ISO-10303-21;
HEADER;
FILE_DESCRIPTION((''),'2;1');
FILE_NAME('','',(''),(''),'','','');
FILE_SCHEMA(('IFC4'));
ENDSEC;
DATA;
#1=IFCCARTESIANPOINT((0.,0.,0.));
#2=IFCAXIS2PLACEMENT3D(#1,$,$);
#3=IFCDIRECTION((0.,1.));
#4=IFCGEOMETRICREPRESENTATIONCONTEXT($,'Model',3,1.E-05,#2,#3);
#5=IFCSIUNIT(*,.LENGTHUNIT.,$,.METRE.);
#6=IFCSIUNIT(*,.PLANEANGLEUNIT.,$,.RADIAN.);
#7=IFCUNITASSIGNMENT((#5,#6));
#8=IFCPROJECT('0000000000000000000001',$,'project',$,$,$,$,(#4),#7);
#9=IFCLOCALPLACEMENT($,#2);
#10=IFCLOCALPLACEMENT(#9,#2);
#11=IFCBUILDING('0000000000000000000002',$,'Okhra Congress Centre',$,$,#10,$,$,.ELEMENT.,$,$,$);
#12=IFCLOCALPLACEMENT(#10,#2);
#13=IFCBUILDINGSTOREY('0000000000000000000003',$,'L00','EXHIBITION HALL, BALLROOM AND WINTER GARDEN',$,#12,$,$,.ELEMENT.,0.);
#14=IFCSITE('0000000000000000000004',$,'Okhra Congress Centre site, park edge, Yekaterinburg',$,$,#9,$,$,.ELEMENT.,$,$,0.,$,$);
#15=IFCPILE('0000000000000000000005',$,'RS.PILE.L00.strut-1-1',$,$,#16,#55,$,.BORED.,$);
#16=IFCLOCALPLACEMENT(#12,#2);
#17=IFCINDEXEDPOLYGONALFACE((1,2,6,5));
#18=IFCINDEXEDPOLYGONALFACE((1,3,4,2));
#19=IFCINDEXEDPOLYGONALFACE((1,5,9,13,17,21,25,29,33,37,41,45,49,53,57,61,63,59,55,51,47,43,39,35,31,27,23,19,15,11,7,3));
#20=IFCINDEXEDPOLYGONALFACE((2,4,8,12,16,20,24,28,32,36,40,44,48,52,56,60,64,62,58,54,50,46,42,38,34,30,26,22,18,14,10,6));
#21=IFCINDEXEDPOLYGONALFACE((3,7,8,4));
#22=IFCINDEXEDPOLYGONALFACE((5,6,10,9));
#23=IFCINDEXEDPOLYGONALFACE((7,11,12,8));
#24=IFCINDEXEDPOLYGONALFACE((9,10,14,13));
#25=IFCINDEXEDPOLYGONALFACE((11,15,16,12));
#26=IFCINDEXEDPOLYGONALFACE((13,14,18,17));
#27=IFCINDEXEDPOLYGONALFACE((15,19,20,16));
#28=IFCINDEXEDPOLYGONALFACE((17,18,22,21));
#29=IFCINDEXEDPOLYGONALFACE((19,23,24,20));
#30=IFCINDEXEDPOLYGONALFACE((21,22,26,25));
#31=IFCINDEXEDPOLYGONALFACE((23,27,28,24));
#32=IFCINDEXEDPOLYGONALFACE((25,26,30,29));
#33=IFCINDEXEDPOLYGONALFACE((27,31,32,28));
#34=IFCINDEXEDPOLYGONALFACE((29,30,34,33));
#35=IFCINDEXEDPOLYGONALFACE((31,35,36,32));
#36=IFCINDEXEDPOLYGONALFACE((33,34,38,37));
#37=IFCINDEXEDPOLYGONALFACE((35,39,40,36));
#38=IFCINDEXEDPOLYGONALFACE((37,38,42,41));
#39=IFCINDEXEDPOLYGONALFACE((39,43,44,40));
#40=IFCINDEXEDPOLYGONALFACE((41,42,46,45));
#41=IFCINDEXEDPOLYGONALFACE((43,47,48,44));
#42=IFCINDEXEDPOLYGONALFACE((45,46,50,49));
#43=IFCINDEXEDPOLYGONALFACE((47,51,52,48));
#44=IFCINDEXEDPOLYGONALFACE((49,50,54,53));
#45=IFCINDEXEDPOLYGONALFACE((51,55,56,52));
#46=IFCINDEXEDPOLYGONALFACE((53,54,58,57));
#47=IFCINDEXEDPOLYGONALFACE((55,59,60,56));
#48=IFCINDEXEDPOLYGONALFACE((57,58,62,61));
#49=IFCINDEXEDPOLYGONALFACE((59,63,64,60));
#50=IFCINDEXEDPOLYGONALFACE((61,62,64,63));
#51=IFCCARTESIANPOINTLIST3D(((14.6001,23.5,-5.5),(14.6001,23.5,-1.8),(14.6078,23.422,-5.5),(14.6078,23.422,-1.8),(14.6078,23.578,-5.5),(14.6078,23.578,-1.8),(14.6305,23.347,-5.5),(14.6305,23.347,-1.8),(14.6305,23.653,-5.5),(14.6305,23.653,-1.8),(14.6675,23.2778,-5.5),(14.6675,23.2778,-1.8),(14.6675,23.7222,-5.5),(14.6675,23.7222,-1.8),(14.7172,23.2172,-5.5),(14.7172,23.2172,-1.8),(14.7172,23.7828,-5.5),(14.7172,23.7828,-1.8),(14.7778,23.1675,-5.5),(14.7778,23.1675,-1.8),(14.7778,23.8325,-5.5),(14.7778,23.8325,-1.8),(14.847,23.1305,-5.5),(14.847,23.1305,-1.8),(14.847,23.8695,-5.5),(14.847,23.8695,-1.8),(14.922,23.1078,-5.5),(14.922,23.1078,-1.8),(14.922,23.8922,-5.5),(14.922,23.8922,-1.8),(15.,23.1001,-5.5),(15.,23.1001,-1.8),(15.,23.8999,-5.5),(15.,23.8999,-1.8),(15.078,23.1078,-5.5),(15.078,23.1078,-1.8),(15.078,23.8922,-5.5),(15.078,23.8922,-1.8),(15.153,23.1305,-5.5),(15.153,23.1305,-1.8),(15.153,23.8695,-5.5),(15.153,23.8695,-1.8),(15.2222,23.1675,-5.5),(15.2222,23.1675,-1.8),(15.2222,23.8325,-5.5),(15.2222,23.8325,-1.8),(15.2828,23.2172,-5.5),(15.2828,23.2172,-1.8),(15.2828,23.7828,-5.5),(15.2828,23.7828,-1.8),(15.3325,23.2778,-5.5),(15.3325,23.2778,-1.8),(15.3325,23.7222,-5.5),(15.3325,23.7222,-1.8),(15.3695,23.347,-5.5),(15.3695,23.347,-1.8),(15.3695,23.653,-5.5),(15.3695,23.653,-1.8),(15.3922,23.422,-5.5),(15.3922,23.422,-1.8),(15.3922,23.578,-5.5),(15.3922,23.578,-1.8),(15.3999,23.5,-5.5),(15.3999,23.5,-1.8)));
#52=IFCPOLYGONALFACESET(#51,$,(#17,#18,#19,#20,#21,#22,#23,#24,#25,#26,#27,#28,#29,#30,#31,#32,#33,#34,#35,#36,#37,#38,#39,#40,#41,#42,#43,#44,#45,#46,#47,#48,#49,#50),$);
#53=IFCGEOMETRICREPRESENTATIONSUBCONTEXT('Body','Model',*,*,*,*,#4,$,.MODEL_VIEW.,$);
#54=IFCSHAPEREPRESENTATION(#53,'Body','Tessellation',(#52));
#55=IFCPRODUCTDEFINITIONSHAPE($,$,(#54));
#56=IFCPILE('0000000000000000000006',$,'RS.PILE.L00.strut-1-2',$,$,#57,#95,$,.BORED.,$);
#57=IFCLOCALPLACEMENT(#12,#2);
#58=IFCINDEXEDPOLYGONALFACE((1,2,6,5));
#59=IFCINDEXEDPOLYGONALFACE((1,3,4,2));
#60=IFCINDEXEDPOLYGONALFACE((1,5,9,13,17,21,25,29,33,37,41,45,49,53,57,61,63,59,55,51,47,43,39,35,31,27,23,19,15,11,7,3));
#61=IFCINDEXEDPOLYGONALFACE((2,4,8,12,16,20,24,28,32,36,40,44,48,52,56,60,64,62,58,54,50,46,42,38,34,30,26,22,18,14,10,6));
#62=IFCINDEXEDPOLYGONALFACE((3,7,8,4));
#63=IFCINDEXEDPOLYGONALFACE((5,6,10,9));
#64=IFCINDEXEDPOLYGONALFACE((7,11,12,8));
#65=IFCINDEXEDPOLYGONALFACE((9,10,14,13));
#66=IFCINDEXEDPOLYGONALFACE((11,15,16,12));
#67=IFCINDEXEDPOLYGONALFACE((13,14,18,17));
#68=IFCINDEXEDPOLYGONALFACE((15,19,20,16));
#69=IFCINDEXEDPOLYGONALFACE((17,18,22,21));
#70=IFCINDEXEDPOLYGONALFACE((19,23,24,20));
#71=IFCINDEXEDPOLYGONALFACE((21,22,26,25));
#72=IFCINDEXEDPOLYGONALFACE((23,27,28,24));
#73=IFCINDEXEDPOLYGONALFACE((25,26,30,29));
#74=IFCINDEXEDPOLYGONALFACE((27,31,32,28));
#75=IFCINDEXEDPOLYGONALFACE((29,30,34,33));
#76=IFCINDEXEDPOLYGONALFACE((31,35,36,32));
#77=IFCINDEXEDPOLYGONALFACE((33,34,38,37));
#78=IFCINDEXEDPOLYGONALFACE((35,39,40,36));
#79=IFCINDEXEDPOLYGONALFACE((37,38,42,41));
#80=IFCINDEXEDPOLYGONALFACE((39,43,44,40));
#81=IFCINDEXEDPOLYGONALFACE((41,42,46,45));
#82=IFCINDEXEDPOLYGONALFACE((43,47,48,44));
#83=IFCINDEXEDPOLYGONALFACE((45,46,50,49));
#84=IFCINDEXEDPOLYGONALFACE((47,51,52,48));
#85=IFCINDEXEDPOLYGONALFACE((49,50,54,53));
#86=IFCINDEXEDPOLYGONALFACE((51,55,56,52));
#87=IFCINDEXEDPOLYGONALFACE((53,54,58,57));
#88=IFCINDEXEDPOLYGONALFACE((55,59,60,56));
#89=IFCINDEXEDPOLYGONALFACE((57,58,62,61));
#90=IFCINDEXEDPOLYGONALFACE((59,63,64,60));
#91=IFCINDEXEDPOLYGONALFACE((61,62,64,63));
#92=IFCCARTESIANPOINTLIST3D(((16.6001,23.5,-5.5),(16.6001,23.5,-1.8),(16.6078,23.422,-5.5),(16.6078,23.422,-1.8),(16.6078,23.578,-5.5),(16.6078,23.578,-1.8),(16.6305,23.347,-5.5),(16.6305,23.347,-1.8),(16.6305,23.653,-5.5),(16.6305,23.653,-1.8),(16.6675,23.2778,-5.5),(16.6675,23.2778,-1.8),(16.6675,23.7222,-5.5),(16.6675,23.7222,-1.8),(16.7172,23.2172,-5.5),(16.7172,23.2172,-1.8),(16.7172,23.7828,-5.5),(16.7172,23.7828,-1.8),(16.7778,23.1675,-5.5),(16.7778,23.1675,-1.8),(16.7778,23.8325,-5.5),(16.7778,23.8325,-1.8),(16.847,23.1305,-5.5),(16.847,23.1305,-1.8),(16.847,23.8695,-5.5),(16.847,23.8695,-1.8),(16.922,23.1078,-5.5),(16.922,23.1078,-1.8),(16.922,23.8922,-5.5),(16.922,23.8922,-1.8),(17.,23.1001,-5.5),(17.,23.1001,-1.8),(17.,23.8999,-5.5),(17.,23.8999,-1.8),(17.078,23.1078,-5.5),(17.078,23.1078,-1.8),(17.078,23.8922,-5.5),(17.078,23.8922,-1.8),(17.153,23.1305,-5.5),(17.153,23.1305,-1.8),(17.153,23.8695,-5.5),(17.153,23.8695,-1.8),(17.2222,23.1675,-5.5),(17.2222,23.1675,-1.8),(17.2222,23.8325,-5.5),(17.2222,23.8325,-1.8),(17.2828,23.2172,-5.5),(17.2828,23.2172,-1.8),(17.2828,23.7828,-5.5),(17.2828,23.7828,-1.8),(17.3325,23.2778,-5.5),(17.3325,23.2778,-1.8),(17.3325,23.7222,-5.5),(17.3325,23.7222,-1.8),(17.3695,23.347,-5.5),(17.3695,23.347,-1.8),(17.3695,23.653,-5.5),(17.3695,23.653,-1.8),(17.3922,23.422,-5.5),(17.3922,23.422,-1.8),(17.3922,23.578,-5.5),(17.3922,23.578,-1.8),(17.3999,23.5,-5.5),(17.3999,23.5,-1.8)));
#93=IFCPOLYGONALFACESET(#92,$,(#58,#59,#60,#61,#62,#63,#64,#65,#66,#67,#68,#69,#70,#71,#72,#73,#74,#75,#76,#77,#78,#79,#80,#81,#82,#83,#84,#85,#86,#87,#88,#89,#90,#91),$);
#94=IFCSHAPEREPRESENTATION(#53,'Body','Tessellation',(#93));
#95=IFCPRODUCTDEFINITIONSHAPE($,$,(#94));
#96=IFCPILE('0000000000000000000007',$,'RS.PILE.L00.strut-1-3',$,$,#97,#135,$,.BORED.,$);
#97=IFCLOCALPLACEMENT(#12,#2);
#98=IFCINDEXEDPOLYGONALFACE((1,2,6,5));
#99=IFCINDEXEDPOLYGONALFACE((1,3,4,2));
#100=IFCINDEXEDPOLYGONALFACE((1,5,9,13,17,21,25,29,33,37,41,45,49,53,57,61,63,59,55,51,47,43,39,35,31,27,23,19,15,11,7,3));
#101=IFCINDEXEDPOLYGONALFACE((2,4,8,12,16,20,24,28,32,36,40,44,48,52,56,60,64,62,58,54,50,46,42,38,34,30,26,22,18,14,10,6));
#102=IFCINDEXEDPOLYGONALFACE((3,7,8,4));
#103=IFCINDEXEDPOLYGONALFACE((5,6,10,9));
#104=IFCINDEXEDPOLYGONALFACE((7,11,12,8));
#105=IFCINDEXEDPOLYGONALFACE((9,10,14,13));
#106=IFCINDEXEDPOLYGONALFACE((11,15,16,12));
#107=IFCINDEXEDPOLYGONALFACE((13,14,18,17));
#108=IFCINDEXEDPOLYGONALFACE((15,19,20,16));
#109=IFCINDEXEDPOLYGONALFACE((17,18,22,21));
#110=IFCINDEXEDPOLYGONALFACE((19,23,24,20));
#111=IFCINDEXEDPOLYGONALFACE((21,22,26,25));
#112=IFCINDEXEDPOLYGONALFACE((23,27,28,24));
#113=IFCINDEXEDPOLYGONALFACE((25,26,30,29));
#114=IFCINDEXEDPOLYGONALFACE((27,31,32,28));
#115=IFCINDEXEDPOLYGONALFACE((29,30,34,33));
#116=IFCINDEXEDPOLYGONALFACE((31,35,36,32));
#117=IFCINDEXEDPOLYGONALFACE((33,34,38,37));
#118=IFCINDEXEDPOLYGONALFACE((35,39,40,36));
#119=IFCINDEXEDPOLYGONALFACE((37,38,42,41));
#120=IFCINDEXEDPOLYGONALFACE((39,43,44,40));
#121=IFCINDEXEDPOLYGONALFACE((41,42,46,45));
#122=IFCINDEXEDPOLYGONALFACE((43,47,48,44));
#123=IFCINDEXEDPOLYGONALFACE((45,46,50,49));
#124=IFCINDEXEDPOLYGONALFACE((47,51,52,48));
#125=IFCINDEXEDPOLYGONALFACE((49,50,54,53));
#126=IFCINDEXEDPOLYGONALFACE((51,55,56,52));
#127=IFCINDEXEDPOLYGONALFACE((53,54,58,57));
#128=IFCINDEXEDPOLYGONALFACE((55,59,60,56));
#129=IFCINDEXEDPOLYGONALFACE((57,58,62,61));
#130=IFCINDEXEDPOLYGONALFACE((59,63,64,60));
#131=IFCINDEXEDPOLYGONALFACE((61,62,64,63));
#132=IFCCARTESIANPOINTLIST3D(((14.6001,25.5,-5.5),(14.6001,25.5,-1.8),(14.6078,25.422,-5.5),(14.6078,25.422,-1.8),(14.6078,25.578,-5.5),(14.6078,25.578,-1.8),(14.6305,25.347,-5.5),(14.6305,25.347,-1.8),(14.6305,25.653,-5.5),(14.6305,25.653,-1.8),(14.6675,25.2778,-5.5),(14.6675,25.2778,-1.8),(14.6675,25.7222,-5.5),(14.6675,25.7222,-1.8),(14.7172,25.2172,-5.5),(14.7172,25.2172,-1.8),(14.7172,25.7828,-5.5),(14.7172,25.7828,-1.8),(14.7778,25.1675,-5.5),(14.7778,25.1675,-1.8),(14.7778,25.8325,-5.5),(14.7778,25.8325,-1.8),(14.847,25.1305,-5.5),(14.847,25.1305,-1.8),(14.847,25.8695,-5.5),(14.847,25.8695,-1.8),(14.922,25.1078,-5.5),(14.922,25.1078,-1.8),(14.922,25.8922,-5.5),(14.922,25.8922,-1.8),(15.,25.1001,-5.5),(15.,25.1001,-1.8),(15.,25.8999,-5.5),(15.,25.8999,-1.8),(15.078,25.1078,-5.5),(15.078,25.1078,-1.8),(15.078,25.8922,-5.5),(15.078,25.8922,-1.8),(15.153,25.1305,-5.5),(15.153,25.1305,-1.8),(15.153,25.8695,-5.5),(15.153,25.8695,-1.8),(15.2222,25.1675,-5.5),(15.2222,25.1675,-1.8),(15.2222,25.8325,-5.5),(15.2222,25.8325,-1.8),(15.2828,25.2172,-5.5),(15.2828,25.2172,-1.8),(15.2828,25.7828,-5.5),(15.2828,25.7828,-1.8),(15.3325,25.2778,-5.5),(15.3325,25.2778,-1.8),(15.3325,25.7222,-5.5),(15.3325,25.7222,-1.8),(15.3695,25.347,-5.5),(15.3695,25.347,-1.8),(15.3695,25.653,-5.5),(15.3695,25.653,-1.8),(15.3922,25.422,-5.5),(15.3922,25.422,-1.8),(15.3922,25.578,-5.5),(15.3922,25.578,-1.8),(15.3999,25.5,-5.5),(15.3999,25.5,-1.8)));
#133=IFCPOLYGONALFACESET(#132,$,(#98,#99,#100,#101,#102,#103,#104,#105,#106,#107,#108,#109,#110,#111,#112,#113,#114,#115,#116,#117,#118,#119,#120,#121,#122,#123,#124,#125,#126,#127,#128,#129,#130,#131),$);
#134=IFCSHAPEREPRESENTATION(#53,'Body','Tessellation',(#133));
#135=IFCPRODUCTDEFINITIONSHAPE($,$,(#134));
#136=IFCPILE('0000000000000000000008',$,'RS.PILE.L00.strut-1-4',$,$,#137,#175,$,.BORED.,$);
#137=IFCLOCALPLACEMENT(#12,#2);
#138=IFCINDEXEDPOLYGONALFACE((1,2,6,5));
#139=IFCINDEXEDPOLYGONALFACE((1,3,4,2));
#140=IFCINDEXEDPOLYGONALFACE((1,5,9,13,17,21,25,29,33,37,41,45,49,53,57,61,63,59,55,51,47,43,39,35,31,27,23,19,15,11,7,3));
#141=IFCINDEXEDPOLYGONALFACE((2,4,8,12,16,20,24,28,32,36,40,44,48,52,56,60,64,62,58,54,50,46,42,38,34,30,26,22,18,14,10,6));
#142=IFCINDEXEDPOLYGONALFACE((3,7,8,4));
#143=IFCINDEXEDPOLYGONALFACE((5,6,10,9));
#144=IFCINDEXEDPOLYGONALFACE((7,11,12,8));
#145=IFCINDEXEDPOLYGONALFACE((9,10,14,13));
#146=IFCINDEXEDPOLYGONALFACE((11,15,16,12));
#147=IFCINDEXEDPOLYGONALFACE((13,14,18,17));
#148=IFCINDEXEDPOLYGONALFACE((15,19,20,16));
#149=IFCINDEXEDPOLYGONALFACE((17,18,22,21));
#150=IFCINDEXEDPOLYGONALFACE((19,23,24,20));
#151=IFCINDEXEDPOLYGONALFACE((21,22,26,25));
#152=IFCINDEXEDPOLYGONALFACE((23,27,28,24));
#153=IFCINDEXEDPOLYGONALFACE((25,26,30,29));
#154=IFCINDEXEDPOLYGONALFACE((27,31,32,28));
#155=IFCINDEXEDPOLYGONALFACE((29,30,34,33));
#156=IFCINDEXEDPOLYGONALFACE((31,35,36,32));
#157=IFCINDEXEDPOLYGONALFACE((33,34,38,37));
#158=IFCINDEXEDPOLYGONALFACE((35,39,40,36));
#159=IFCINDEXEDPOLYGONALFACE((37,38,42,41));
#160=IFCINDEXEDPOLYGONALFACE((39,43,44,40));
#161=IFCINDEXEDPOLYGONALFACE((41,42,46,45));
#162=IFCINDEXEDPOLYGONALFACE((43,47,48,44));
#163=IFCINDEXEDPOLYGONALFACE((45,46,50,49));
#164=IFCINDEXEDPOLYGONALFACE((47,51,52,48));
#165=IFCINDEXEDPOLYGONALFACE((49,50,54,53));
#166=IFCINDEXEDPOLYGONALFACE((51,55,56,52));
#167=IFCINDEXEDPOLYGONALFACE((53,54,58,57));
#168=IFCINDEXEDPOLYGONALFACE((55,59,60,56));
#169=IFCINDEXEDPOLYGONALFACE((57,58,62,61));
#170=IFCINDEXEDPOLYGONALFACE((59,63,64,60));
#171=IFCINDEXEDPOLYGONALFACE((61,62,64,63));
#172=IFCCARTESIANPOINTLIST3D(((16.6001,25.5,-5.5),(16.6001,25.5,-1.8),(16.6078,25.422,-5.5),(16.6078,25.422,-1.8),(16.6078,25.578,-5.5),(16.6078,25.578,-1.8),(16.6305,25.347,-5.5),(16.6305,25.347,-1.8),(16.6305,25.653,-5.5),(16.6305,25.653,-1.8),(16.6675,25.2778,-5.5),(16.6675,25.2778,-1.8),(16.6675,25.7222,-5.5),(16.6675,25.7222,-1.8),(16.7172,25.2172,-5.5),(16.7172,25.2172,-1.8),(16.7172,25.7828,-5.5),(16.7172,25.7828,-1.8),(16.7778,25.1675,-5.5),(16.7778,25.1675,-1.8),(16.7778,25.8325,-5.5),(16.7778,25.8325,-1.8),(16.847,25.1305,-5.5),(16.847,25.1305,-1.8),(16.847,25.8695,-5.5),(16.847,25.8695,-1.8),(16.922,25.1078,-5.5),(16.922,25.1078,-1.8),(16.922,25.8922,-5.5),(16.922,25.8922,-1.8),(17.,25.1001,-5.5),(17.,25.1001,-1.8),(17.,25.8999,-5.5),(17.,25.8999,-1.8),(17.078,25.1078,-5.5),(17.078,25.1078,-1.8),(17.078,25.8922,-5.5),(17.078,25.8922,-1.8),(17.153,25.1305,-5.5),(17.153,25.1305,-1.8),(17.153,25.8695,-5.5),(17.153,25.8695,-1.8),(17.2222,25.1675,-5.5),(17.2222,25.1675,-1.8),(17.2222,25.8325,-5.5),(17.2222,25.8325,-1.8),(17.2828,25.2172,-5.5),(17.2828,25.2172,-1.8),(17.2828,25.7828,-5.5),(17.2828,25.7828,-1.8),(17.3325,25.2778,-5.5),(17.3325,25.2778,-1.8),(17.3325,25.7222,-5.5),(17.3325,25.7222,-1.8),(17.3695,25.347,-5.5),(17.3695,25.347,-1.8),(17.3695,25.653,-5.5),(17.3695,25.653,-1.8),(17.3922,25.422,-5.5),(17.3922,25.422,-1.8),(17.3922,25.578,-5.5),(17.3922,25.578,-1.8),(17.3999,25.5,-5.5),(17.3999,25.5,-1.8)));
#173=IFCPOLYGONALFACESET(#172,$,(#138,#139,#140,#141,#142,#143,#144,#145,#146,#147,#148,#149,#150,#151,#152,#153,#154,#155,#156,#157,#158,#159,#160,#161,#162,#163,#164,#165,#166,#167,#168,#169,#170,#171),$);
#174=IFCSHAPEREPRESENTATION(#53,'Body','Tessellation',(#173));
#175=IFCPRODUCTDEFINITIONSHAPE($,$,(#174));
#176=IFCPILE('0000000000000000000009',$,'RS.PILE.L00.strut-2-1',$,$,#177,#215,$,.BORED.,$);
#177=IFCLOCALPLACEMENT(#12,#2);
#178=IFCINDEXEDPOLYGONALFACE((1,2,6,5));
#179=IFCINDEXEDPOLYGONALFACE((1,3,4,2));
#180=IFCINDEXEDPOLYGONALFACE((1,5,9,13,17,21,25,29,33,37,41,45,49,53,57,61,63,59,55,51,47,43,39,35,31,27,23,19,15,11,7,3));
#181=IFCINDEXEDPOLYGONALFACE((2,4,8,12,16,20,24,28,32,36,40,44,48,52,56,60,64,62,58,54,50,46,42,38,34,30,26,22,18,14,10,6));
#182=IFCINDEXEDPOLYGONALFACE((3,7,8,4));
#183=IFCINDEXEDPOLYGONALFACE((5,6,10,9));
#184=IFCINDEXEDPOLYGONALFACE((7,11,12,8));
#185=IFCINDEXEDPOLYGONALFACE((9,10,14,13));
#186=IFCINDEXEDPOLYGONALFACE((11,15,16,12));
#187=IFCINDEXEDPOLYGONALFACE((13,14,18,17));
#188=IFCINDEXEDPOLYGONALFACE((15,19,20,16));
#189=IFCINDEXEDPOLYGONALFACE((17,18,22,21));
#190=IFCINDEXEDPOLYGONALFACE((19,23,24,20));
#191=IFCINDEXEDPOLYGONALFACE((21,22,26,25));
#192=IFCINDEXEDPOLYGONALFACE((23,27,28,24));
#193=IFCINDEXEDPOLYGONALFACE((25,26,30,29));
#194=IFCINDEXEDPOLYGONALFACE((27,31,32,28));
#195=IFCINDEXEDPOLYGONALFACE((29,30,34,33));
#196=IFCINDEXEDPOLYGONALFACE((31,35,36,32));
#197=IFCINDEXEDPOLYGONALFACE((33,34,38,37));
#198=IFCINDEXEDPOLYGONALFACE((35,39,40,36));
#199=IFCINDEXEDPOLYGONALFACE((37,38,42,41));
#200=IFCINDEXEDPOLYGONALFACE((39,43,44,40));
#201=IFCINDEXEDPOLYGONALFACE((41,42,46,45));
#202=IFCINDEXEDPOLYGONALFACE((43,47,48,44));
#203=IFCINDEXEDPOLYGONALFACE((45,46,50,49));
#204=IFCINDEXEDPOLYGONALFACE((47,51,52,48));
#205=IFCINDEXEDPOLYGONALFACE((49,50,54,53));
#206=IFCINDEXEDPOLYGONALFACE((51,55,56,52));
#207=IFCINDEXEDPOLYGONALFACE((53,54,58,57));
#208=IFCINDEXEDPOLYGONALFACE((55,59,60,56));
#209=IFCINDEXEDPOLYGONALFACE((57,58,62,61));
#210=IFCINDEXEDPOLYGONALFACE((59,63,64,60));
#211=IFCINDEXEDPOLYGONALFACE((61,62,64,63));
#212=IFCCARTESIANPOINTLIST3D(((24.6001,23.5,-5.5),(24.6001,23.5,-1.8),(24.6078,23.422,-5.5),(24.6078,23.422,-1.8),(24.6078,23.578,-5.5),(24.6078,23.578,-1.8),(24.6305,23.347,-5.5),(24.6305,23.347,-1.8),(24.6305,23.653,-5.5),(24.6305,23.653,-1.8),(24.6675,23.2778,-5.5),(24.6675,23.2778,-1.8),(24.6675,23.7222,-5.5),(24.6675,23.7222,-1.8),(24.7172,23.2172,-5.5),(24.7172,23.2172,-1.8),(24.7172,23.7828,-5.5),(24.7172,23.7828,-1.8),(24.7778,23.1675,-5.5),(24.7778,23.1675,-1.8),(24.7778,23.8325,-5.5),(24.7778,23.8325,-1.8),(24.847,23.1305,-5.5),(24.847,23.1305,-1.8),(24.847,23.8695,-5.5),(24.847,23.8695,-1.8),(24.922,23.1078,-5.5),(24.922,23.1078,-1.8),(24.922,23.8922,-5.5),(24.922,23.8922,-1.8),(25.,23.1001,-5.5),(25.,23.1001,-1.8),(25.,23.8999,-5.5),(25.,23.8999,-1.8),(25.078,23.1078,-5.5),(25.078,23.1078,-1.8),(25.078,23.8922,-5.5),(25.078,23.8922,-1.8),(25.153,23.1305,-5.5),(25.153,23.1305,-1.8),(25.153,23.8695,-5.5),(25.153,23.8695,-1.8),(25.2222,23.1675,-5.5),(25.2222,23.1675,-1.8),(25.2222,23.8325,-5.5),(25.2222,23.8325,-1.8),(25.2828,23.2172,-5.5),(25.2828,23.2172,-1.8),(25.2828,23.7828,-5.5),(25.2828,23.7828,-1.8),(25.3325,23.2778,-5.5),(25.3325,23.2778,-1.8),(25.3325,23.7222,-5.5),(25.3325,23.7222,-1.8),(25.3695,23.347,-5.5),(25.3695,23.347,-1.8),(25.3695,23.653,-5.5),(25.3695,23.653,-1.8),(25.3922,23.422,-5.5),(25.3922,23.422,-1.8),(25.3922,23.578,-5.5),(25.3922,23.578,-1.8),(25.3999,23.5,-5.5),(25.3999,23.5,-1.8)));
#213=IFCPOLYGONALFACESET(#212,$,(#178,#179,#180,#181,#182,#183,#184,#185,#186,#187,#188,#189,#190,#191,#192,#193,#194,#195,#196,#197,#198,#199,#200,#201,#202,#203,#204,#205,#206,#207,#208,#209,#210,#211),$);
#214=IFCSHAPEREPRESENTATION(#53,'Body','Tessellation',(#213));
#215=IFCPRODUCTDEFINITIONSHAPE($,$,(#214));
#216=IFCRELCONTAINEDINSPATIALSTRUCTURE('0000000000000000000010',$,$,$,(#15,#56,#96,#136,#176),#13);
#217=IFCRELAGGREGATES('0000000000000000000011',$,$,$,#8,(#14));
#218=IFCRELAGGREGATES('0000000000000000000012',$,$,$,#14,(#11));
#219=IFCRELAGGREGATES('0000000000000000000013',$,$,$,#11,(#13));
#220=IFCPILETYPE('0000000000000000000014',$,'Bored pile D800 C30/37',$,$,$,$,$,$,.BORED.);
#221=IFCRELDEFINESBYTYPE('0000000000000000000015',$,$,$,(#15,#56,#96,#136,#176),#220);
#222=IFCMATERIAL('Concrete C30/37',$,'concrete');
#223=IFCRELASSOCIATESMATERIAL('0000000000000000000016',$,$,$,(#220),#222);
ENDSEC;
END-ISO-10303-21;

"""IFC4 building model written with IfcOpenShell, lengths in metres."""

from ifc_helpers import new_model, si_unit, direction, frame, origin, origin_2d, place, context, subcontext, project, spatial, circle, extrude, material, material_profile, profile_set, type_object, element, save


model = new_model("IFC4")

# Units and contexts
model_context = context("Model", 3, precision=1e-05, world=origin(), true_north=direction((0.0, 1.0)))
body_context = subcontext(model_context, "Body", "Model", "MODEL_VIEW")
ifc_project = project(units=[si_unit("LENGTHUNIT", "METRE"), si_unit("PLANEANGLEUNIT", "RADIAN")], contexts=[model_context])

# Site, building, storey
site_placement = place(None, origin())
site = spatial("IfcSite", under=ifc_project, at=site_placement, Name="Okhra Congress Centre site, park edge, Yekaterinburg", CompositionType="ELEMENT", RefElevation=0.0)
building_placement = place(site_placement, origin())
building = spatial("IfcBuilding", under=site, at=building_placement, Name="Okhra Congress Centre", CompositionType="ELEMENT")
storey_placement = place(building_placement, origin())
storey = spatial("IfcBuildingStorey", under=building, at=storey_placement, Name="L00", Description="EXHIBITION HALL, BALLROOM AND WINTER GARDEN", CompositionType="ELEMENT", Elevation=0.0)

# Piles
ifc_material_1 = material(Name="Concrete C30/37", Category="concrete")
ifc_material_profile_1 = material_profile(ifc_material_1, circle(Radius=0.3999, at=origin_2d()), Name="D800")
ifc_profile_set_1 = profile_set([ifc_material_profile_1], Name="Concrete C30/37")
pile_type = type_object("IfcPileType", Name="Bored pile D800 C30/37", PredefinedType="BORED", material=ifc_profile_set_1)
for number, where, z_axis, x_axis, name in (
    (1, (15.0, 23.5, -1.8), (0.0, 0.0, -1.0), (1.0, 0.0, 0.0), "RS.PILE.L00.strut-1-1"),
    (2, (17.0, 23.5, -1.8), (0.0, 0.0, -1.0), (1.0, 0.0, 0.0), "RS.PILE.L00.strut-1-2"),
    (3, (15.0, 25.5, -1.8), (0.0, 0.0, -1.0), (1.0, 0.0, 0.0), "RS.PILE.L00.strut-1-3"),
    (4, (17.0, 25.5, -1.8), (0.0, 0.0, -1.0), (1.0, 0.0, 0.0), "RS.PILE.L00.strut-1-4"),
    (5, (25.0, 23.5, -1.8), (0.0, 0.0, -1.0), (1.0, 0.0, 0.0), "RS.PILE.L00.strut-2-1"),
):
    element("IfcPile", number, at=place(storey_placement, frame(where, z_axis=z_axis, x_axis=x_axis)), inside=storey, type_object=pile_type, Name=name, PredefinedType="BORED", context=body_context, shape_type="SweptSolid", body=[
        extrude(circle(Radius=0.3999, at=origin_2d()), origin(), (0.0, 0.0, 1.0), 3.7),
    ])

save(model, "model.ifc")
